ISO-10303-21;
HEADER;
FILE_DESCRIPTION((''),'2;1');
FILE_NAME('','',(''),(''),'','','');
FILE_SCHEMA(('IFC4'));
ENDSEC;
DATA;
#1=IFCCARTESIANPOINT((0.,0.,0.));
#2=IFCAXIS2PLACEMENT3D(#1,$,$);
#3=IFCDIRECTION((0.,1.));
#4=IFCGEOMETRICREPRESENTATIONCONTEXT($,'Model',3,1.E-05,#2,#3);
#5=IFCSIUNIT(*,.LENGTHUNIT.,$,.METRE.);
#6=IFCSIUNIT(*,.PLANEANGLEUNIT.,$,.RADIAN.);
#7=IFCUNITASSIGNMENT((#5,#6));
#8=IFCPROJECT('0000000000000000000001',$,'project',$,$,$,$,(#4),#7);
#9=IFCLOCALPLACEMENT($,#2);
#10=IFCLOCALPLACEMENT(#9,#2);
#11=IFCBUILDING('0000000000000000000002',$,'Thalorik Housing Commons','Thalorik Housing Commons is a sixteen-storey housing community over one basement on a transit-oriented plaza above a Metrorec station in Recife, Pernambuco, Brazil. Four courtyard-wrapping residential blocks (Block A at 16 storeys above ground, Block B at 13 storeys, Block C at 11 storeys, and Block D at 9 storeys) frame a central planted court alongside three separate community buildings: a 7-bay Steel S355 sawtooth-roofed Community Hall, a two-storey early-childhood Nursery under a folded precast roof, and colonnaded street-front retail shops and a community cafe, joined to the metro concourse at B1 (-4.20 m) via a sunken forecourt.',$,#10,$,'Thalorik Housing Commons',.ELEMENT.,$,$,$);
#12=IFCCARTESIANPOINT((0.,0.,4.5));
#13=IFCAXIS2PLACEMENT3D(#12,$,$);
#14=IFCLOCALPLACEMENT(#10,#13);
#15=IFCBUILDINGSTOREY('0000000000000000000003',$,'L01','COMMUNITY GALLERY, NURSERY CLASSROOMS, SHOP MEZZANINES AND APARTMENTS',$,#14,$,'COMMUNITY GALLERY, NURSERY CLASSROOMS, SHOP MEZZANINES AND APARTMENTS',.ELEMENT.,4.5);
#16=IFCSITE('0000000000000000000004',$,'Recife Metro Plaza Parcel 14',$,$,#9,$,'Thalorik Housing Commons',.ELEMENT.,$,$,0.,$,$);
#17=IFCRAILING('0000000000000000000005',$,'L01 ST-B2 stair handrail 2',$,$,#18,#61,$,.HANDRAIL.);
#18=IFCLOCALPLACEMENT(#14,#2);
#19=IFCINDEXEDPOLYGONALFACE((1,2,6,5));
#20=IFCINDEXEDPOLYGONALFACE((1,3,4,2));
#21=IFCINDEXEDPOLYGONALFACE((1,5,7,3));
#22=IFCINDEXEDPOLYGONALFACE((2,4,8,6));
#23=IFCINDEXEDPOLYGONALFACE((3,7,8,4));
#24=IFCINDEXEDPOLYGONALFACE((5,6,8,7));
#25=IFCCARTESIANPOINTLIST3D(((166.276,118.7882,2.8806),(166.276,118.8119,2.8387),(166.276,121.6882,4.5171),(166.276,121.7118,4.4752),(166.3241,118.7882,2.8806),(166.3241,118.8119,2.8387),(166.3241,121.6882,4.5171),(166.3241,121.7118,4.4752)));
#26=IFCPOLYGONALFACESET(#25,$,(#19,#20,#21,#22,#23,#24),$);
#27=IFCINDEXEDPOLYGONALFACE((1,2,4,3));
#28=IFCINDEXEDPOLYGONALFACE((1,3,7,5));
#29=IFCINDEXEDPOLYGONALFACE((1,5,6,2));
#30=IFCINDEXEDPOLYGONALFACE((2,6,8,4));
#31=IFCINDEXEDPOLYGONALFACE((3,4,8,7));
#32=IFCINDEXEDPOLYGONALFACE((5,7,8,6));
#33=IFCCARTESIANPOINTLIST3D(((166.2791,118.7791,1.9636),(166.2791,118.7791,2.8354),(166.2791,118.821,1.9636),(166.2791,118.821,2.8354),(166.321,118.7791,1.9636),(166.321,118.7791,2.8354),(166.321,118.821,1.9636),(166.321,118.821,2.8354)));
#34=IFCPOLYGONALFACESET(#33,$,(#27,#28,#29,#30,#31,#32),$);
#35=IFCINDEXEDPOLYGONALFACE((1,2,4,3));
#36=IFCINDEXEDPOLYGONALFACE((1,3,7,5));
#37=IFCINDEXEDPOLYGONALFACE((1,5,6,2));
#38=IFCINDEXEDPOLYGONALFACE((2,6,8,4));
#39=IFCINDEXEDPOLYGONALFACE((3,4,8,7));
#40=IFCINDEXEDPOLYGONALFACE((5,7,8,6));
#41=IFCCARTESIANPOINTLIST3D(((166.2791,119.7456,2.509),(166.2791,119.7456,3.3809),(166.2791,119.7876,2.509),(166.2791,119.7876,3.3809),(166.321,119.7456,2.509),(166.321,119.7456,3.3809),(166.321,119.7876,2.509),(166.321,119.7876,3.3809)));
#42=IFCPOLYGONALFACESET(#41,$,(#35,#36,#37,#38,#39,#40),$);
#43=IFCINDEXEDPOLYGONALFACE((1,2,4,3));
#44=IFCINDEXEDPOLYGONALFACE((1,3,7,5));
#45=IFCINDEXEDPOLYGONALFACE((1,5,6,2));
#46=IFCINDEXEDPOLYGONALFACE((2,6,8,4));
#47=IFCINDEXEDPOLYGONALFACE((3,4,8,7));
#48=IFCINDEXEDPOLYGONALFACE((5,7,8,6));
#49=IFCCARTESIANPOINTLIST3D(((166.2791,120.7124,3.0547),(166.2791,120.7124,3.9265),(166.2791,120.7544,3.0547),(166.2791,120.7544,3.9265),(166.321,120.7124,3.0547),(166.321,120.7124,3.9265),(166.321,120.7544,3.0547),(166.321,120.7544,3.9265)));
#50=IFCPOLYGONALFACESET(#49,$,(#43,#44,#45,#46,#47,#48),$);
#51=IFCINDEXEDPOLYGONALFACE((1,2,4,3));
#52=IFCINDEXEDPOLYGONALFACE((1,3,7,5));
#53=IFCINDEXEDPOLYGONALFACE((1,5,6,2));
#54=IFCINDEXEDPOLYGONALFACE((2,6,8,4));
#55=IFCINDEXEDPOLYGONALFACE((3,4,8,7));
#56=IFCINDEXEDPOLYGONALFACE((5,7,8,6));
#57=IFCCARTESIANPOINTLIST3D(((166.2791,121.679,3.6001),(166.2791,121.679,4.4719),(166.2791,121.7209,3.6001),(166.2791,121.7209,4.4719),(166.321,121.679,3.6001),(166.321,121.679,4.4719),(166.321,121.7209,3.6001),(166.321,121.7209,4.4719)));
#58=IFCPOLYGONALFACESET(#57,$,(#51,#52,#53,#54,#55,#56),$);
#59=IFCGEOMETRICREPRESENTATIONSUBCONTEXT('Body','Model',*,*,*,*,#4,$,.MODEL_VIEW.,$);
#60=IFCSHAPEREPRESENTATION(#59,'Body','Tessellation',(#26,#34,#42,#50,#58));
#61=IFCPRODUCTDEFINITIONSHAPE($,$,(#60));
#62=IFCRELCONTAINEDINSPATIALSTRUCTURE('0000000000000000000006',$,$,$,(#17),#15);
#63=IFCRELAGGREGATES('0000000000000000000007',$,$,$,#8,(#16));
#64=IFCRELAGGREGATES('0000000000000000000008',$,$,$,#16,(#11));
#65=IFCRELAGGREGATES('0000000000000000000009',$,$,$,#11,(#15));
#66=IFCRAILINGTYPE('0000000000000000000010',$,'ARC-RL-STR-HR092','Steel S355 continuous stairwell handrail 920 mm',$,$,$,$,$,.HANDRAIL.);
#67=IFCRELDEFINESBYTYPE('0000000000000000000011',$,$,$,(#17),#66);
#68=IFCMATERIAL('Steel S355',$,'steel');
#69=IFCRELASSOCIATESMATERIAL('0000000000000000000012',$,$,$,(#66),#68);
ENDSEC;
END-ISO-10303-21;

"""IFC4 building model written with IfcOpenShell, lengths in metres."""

from ifc_helpers import new_model, si_unit, direction, frame, origin, origin_2d, place, context, subcontext, project, spatial, rectangle, extrude, material, type_object, element, save


model = new_model("IFC4")

# Units and contexts
model_context = context("Model", 3, precision=1e-05, world=origin(), true_north=direction((0.0, 1.0)))
body_context = subcontext(model_context, "Body", "Model", "MODEL_VIEW")
ifc_project = project(units=[si_unit("LENGTHUNIT", "METRE"), si_unit("PLANEANGLEUNIT", "RADIAN")], contexts=[model_context])

# Site, building, storey
site_placement = place(None, origin())
site = spatial("IfcSite", under=ifc_project, at=site_placement, Name="Recife Metro Plaza Parcel 14", LongName="Thalorik Housing Commons", CompositionType="ELEMENT", RefElevation=0.0)
building_placement = place(site_placement, origin())
building = spatial("IfcBuilding", under=site, at=building_placement, Name="Thalorik Housing Commons", Description="Thalorik Housing Commons is a sixteen-storey housing community over one basement on a transit-oriented plaza above a Metrorec station in Recife, Pernambuco, Brazil. Four courtyard-wrapping residential blocks (Block A at 16 storeys above ground, Block B at 13 storeys, Block C at 11 storeys, and Block D at 9 storeys) frame a central planted court alongside three separate community buildings: a 7-bay Steel S355 sawtooth-roofed Community Hall, a two-storey early-childhood Nursery under a folded precast roof, and colonnaded street-front retail shops and a community cafe, joined to the metro concourse at B1 (-4.20 m) via a sunken forecourt.", LongName="Thalorik Housing Commons", CompositionType="ELEMENT")
storey_placement = place(building_placement, frame((0.0, 0.0, 4.5)))
storey = spatial("IfcBuildingStorey", under=building, at=storey_placement, Name="L01", Description="COMMUNITY GALLERY, NURSERY CLASSROOMS, SHOP MEZZANINES AND APARTMENTS", LongName="COMMUNITY GALLERY, NURSERY CLASSROOMS, SHOP MEZZANINES AND APARTMENTS", CompositionType="ELEMENT", Elevation=4.5)

# Railing
ifc_material_1 = material(Name="Steel S355", Category="steel")
railing_type = type_object("IfcRailingType", Name="ARC-RL-STR-HR092", Description="Steel S355 continuous stairwell handrail 920 mm", PredefinedType="HANDRAIL", material=ifc_material_1)
railing_placement = place(storey_placement, frame((166.3, 118.8, 1.9636)))
element("IfcRailing", 1, at=railing_placement, inside=storey, type_object=railing_type, Name="L01 ST-B2 stair handrail 2", PredefinedType="HANDRAIL", context=body_context, shape_type="SweptSolid", body=[
    extrude(rectangle(XDim=0.0481, YDim=0.0481, at=origin_2d()), frame((0.0, 0.0, 0.896), z_axis=(0.0, 0.870897, 0.491465), x_axis=(-1.0, 0.0, 0.0)), (0.0, 0.0, 1.0), 3.3298),
    extrude(rectangle(XDim=0.042, YDim=0.042, at=origin_2d()), origin(), (0.0, 0.0, 1.0), 0.8718),
    extrude(rectangle(XDim=0.042, YDim=0.042, at=origin_2d()), frame((0.0, 0.9666, 0.5454)), (0.0, 0.0, 1.0), 0.8718),
    extrude(rectangle(XDim=0.042, YDim=0.042, at=origin_2d()), frame((0.0, 1.9333, 1.0911)), (0.0, 0.0, 1.0), 0.8718),
    extrude(rectangle(XDim=0.042, YDim=0.042, at=origin_2d()), frame((0.0, 2.8999, 1.6365)), (0.0, 0.0, 1.0), 0.8718),
])

save(model, "model.ifc")
